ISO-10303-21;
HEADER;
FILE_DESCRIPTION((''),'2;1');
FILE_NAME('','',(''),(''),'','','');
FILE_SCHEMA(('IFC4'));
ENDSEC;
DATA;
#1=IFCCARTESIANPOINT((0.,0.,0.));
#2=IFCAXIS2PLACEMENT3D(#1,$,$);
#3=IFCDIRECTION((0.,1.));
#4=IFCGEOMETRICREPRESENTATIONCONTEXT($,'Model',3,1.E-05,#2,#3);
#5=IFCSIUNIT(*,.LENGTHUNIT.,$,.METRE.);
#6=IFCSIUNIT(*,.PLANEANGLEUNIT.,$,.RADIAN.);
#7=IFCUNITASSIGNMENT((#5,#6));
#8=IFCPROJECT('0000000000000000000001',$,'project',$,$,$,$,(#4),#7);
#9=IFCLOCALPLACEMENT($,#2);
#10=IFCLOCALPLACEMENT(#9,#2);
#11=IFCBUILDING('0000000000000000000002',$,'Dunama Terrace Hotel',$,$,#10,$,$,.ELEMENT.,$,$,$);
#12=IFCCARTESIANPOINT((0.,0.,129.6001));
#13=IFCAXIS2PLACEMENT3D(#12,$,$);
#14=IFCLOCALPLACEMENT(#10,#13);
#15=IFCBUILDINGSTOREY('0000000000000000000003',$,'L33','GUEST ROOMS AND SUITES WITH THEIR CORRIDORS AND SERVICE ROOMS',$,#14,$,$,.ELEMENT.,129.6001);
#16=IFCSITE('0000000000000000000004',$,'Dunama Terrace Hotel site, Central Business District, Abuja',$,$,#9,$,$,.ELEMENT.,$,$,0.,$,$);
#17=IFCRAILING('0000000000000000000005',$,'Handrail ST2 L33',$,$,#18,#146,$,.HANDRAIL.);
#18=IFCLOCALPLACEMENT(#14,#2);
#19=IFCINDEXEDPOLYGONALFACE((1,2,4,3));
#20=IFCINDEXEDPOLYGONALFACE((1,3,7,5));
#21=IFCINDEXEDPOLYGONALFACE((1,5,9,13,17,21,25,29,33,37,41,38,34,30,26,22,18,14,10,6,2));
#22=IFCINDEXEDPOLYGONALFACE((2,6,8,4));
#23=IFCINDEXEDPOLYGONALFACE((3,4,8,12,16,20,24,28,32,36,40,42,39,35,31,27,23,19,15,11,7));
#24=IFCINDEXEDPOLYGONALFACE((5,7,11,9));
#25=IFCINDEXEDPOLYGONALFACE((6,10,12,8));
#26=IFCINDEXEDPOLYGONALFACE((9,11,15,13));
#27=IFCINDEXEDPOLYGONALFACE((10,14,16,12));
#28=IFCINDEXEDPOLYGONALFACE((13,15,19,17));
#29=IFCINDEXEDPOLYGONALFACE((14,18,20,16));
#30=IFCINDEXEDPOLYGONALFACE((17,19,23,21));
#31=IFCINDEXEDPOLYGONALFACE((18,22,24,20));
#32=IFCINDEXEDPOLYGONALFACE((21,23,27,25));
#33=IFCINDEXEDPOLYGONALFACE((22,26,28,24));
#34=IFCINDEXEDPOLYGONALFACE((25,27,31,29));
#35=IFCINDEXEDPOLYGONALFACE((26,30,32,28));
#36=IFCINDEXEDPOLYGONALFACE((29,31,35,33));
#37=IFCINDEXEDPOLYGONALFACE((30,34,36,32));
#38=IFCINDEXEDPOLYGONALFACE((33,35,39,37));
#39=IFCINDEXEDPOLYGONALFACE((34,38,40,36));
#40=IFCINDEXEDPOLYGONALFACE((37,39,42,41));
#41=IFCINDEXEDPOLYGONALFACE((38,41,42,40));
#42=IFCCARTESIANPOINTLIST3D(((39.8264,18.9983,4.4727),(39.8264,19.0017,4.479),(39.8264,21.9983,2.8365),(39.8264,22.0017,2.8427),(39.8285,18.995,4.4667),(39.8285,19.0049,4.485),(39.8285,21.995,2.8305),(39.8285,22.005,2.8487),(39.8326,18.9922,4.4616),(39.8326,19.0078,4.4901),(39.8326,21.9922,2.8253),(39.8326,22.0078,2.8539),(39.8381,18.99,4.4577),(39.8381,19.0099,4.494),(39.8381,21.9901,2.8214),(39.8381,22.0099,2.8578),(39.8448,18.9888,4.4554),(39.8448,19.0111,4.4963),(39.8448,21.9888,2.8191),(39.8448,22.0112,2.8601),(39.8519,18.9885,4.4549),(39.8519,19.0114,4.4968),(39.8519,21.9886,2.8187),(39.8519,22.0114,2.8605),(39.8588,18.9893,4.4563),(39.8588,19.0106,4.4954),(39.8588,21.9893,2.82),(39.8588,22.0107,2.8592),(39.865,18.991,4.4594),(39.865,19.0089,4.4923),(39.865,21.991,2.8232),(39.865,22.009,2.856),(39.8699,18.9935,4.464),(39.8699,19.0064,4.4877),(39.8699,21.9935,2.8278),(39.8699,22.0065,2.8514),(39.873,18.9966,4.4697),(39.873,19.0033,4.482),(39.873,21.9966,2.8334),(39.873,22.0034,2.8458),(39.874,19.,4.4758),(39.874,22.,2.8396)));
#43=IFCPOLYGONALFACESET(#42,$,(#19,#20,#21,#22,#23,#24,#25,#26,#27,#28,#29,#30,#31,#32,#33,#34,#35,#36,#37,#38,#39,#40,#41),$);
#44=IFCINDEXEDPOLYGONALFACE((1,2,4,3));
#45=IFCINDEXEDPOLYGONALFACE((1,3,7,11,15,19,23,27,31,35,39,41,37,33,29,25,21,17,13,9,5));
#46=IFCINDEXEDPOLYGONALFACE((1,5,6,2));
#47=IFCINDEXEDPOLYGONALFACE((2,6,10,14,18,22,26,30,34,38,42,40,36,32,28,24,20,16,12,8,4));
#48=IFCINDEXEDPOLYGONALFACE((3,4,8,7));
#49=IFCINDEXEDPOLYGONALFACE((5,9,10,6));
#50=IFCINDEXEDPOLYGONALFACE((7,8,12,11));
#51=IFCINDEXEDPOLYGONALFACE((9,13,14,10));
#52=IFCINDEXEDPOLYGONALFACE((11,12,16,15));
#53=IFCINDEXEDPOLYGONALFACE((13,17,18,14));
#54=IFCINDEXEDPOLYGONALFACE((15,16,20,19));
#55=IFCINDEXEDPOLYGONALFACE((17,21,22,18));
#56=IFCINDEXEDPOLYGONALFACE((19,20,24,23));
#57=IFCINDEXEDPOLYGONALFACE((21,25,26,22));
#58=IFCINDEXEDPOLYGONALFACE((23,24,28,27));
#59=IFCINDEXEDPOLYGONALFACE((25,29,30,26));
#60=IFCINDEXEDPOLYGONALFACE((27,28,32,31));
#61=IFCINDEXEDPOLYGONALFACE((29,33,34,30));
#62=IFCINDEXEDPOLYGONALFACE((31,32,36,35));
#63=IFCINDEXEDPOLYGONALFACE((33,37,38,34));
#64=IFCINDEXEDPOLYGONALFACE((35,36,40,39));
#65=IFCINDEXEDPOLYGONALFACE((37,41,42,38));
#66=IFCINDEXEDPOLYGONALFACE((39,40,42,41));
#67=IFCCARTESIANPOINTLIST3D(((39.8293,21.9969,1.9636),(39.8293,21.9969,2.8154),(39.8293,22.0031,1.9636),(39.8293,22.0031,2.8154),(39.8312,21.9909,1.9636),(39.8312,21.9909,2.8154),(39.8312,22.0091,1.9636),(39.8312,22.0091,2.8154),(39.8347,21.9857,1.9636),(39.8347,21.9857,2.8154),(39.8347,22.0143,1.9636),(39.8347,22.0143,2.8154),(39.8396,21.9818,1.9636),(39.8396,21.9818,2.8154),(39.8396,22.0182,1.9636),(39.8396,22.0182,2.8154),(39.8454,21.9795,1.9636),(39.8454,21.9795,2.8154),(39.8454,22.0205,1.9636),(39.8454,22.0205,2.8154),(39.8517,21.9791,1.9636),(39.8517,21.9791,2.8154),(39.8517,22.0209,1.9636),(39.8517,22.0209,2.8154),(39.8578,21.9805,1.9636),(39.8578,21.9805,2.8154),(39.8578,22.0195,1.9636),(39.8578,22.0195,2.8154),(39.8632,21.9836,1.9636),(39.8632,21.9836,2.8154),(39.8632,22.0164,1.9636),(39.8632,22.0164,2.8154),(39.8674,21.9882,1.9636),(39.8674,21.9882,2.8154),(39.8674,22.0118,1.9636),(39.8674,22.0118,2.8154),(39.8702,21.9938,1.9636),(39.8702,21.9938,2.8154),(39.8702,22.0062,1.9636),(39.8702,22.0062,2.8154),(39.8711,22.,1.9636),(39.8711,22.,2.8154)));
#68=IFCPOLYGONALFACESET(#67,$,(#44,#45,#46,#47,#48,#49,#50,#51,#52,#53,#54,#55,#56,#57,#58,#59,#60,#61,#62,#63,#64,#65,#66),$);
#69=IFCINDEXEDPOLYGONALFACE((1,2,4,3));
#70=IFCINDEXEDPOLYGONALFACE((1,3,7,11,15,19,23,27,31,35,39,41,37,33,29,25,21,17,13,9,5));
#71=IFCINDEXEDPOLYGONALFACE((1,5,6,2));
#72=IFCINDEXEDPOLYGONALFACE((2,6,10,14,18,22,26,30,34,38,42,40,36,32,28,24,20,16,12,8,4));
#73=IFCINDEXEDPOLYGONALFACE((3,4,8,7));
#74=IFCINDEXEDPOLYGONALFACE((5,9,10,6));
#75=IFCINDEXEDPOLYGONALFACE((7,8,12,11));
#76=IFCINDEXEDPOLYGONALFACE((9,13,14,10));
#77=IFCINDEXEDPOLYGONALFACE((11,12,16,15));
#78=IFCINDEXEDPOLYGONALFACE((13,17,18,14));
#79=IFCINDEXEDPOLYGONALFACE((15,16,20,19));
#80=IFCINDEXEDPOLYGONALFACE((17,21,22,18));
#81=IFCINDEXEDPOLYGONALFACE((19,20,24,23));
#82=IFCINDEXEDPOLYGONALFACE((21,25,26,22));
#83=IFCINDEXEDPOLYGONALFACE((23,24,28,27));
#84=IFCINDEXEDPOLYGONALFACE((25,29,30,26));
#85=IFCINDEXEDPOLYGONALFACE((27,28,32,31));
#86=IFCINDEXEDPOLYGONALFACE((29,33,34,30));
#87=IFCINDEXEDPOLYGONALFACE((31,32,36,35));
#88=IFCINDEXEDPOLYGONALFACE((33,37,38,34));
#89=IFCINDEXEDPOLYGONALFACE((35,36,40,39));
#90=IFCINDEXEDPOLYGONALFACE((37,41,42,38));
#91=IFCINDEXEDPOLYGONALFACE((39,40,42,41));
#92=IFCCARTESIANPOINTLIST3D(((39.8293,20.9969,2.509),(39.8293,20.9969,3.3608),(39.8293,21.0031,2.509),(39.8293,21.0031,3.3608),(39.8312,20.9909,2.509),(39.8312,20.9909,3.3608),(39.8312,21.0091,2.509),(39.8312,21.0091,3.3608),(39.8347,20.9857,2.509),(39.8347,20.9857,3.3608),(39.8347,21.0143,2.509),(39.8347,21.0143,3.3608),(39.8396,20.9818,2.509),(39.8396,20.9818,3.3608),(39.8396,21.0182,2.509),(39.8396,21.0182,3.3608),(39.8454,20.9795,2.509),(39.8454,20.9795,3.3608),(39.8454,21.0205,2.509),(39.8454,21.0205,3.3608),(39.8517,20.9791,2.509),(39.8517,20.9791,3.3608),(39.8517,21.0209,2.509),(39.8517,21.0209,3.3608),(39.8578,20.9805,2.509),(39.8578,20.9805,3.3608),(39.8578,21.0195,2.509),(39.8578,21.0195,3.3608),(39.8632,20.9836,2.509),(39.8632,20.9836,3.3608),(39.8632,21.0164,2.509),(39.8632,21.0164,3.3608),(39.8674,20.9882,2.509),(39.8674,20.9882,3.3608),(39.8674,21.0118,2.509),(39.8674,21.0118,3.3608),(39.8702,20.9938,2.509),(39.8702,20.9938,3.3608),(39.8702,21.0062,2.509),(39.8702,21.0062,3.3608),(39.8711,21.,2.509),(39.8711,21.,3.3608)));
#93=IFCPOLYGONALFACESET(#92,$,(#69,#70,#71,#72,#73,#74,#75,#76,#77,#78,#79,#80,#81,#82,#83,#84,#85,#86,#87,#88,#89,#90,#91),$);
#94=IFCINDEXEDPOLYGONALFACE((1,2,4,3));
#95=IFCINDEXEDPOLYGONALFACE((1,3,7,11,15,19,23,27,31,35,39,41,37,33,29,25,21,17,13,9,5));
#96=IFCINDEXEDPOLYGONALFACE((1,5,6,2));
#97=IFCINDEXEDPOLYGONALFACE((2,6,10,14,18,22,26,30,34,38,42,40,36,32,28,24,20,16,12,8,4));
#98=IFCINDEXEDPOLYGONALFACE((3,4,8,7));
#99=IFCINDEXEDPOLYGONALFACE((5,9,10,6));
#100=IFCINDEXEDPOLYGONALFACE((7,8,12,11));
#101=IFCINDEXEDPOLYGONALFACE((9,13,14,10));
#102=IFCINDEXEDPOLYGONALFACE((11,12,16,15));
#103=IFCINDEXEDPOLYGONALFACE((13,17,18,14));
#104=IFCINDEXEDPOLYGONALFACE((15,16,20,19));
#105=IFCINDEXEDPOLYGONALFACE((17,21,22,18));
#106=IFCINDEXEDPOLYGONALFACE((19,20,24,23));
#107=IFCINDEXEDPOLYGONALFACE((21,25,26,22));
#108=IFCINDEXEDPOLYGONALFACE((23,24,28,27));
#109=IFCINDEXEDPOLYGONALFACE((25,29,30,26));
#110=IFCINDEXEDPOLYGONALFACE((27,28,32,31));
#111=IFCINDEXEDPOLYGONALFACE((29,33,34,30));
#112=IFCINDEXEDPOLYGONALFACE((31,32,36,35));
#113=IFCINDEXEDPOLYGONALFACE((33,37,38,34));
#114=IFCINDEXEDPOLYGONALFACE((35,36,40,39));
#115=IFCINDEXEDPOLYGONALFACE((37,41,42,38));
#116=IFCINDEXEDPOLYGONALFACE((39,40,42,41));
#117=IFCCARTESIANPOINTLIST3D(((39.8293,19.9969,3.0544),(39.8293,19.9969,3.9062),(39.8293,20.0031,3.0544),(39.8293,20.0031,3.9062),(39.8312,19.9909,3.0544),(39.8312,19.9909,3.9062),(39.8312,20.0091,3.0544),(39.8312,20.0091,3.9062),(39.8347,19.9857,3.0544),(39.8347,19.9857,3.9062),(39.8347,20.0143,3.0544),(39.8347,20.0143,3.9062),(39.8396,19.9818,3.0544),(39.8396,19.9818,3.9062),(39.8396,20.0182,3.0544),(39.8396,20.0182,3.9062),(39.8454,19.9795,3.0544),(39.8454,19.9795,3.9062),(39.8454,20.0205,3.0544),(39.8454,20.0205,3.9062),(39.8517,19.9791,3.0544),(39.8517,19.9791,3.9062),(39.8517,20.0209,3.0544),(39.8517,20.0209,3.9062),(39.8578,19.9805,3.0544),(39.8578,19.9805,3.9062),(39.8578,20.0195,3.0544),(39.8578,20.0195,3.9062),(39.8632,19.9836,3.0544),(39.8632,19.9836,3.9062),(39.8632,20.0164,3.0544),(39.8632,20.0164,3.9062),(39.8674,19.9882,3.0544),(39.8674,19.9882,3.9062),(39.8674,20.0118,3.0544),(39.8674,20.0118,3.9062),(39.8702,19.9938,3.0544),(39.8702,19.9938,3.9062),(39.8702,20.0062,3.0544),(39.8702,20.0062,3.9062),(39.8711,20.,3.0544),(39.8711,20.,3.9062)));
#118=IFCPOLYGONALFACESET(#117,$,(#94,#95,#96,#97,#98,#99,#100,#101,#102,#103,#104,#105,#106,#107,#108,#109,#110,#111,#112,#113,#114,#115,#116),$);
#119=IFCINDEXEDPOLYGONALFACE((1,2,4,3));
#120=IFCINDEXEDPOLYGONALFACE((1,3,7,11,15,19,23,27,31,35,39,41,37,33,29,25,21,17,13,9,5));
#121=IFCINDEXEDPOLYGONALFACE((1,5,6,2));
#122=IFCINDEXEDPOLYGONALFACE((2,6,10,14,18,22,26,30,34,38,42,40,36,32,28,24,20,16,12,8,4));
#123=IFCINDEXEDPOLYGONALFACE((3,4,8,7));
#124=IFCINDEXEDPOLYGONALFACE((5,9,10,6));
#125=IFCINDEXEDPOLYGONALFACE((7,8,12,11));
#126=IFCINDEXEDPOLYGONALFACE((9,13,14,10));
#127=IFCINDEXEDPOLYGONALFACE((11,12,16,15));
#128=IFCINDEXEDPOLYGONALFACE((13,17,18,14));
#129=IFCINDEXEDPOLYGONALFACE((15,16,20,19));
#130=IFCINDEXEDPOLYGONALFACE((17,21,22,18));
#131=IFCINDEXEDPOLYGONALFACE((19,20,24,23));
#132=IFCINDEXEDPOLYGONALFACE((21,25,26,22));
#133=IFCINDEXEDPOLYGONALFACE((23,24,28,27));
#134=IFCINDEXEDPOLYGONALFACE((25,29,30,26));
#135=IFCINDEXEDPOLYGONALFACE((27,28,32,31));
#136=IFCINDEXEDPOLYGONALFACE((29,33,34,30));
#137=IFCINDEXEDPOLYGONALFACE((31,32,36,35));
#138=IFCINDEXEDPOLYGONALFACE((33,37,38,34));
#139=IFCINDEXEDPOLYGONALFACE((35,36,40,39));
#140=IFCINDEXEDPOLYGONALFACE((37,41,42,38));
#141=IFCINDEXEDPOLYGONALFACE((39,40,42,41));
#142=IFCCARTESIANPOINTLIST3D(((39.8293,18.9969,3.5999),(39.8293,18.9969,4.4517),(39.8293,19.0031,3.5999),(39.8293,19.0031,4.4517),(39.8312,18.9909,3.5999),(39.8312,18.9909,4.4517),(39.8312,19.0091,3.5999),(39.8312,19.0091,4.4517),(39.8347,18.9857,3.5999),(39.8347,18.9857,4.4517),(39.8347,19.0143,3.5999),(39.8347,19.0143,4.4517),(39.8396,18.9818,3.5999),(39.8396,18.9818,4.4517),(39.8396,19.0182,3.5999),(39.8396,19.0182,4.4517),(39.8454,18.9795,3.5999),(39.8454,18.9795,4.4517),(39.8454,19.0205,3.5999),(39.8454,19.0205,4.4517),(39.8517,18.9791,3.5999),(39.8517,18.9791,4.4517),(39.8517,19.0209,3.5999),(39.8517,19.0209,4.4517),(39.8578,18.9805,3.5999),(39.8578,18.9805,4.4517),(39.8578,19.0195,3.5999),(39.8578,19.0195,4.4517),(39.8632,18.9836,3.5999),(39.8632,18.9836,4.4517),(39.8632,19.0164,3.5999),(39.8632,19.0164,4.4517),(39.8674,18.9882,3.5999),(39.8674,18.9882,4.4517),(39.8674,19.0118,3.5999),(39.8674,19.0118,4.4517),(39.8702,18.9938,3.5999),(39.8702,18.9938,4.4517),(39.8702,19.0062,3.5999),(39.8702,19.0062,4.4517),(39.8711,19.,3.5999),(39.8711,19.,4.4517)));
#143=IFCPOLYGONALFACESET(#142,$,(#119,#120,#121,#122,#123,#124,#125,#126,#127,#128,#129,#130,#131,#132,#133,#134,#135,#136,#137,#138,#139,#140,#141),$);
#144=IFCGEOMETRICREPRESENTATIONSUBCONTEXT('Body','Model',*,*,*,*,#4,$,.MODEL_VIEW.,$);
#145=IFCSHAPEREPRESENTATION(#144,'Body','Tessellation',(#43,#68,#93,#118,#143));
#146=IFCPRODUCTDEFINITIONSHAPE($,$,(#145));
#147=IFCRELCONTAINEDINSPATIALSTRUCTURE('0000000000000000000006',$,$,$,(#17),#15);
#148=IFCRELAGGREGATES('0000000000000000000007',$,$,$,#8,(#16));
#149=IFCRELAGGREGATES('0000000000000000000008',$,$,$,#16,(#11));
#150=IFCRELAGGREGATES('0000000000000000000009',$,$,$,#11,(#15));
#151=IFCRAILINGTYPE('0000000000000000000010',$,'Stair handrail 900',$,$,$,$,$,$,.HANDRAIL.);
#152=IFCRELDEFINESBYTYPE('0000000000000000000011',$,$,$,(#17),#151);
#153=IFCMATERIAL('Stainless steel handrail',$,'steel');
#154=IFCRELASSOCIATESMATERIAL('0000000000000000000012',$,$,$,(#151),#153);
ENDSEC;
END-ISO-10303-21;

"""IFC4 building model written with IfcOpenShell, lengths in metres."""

from ifc_helpers import new_model, si_unit, direction, frame, origin, origin_2d, place, context, subcontext, project, spatial, circle, extrude, material, type_object, element, save


model = new_model("IFC4")

# Units and contexts
model_context = context("Model", 3, precision=1e-05, world=origin(), true_north=direction((0.0, 1.0)))
body_context = subcontext(model_context, "Body", "Model", "MODEL_VIEW")
ifc_project = project(units=[si_unit("LENGTHUNIT", "METRE"), si_unit("PLANEANGLEUNIT", "RADIAN")], contexts=[model_context])

# Site, building, storey
site_placement = place(None, origin())
site = spatial("IfcSite", under=ifc_project, at=site_placement, Name="Dunama Terrace Hotel site, Central Business District, Abuja", CompositionType="ELEMENT", RefElevation=0.0)
building_placement = place(site_placement, origin())
building = spatial("IfcBuilding", under=site, at=building_placement, Name="Dunama Terrace Hotel", CompositionType="ELEMENT")
storey_placement = place(building_placement, frame((0.0, 0.0, 129.6001)))
storey = spatial("IfcBuildingStorey", under=building, at=storey_placement, Name="L33", Description="GUEST ROOMS AND SUITES WITH THEIR CORRIDORS AND SERVICE ROOMS", CompositionType="ELEMENT", Elevation=129.6001)

# Railing
ifc_material_1 = material(Name="Stainless steel handrail", Category="steel")
railing_type = type_object("IfcRailingType", Name="Stair handrail 900", PredefinedType="HANDRAIL", material=ifc_material_1)
railing_1_placement = place(storey_placement, frame((39.8501, 22.0, 1.9636)))
element("IfcRailing", 1, at=railing_1_placement, inside=storey, type_object=railing_type, Name="Handrail ST2 L33", PredefinedType="HANDRAIL", context=body_context, shape_type="SweptSolid", body=[
    extrude(circle(Radius=0.0239, at=origin_2d()), frame((0.0, 0.0, 0.876), z_axis=(0.0, -0.877912, 0.478822), x_axis=(1.0, 0.0, 0.0)), (0.0, 0.0, 1.0), 3.4172),
    extrude(circle(Radius=0.021, at=origin_2d()), origin(), (0.0, 0.0, 1.0), 0.8518),
    extrude(circle(Radius=0.021, at=origin_2d()), frame((0.0, -1.0, 0.5454)), (0.0, 0.0, 1.0), 0.8518),
    extrude(circle(Radius=0.021, at=origin_2d()), frame((0.0, -2.0, 1.0908)), (0.0, 0.0, 1.0), 0.8518),
    extrude(circle(Radius=0.021, at=origin_2d()), frame((0.0, -3.0, 1.6362)), (0.0, 0.0, 1.0), 0.8518),
])

save(model, "model.ifc")
